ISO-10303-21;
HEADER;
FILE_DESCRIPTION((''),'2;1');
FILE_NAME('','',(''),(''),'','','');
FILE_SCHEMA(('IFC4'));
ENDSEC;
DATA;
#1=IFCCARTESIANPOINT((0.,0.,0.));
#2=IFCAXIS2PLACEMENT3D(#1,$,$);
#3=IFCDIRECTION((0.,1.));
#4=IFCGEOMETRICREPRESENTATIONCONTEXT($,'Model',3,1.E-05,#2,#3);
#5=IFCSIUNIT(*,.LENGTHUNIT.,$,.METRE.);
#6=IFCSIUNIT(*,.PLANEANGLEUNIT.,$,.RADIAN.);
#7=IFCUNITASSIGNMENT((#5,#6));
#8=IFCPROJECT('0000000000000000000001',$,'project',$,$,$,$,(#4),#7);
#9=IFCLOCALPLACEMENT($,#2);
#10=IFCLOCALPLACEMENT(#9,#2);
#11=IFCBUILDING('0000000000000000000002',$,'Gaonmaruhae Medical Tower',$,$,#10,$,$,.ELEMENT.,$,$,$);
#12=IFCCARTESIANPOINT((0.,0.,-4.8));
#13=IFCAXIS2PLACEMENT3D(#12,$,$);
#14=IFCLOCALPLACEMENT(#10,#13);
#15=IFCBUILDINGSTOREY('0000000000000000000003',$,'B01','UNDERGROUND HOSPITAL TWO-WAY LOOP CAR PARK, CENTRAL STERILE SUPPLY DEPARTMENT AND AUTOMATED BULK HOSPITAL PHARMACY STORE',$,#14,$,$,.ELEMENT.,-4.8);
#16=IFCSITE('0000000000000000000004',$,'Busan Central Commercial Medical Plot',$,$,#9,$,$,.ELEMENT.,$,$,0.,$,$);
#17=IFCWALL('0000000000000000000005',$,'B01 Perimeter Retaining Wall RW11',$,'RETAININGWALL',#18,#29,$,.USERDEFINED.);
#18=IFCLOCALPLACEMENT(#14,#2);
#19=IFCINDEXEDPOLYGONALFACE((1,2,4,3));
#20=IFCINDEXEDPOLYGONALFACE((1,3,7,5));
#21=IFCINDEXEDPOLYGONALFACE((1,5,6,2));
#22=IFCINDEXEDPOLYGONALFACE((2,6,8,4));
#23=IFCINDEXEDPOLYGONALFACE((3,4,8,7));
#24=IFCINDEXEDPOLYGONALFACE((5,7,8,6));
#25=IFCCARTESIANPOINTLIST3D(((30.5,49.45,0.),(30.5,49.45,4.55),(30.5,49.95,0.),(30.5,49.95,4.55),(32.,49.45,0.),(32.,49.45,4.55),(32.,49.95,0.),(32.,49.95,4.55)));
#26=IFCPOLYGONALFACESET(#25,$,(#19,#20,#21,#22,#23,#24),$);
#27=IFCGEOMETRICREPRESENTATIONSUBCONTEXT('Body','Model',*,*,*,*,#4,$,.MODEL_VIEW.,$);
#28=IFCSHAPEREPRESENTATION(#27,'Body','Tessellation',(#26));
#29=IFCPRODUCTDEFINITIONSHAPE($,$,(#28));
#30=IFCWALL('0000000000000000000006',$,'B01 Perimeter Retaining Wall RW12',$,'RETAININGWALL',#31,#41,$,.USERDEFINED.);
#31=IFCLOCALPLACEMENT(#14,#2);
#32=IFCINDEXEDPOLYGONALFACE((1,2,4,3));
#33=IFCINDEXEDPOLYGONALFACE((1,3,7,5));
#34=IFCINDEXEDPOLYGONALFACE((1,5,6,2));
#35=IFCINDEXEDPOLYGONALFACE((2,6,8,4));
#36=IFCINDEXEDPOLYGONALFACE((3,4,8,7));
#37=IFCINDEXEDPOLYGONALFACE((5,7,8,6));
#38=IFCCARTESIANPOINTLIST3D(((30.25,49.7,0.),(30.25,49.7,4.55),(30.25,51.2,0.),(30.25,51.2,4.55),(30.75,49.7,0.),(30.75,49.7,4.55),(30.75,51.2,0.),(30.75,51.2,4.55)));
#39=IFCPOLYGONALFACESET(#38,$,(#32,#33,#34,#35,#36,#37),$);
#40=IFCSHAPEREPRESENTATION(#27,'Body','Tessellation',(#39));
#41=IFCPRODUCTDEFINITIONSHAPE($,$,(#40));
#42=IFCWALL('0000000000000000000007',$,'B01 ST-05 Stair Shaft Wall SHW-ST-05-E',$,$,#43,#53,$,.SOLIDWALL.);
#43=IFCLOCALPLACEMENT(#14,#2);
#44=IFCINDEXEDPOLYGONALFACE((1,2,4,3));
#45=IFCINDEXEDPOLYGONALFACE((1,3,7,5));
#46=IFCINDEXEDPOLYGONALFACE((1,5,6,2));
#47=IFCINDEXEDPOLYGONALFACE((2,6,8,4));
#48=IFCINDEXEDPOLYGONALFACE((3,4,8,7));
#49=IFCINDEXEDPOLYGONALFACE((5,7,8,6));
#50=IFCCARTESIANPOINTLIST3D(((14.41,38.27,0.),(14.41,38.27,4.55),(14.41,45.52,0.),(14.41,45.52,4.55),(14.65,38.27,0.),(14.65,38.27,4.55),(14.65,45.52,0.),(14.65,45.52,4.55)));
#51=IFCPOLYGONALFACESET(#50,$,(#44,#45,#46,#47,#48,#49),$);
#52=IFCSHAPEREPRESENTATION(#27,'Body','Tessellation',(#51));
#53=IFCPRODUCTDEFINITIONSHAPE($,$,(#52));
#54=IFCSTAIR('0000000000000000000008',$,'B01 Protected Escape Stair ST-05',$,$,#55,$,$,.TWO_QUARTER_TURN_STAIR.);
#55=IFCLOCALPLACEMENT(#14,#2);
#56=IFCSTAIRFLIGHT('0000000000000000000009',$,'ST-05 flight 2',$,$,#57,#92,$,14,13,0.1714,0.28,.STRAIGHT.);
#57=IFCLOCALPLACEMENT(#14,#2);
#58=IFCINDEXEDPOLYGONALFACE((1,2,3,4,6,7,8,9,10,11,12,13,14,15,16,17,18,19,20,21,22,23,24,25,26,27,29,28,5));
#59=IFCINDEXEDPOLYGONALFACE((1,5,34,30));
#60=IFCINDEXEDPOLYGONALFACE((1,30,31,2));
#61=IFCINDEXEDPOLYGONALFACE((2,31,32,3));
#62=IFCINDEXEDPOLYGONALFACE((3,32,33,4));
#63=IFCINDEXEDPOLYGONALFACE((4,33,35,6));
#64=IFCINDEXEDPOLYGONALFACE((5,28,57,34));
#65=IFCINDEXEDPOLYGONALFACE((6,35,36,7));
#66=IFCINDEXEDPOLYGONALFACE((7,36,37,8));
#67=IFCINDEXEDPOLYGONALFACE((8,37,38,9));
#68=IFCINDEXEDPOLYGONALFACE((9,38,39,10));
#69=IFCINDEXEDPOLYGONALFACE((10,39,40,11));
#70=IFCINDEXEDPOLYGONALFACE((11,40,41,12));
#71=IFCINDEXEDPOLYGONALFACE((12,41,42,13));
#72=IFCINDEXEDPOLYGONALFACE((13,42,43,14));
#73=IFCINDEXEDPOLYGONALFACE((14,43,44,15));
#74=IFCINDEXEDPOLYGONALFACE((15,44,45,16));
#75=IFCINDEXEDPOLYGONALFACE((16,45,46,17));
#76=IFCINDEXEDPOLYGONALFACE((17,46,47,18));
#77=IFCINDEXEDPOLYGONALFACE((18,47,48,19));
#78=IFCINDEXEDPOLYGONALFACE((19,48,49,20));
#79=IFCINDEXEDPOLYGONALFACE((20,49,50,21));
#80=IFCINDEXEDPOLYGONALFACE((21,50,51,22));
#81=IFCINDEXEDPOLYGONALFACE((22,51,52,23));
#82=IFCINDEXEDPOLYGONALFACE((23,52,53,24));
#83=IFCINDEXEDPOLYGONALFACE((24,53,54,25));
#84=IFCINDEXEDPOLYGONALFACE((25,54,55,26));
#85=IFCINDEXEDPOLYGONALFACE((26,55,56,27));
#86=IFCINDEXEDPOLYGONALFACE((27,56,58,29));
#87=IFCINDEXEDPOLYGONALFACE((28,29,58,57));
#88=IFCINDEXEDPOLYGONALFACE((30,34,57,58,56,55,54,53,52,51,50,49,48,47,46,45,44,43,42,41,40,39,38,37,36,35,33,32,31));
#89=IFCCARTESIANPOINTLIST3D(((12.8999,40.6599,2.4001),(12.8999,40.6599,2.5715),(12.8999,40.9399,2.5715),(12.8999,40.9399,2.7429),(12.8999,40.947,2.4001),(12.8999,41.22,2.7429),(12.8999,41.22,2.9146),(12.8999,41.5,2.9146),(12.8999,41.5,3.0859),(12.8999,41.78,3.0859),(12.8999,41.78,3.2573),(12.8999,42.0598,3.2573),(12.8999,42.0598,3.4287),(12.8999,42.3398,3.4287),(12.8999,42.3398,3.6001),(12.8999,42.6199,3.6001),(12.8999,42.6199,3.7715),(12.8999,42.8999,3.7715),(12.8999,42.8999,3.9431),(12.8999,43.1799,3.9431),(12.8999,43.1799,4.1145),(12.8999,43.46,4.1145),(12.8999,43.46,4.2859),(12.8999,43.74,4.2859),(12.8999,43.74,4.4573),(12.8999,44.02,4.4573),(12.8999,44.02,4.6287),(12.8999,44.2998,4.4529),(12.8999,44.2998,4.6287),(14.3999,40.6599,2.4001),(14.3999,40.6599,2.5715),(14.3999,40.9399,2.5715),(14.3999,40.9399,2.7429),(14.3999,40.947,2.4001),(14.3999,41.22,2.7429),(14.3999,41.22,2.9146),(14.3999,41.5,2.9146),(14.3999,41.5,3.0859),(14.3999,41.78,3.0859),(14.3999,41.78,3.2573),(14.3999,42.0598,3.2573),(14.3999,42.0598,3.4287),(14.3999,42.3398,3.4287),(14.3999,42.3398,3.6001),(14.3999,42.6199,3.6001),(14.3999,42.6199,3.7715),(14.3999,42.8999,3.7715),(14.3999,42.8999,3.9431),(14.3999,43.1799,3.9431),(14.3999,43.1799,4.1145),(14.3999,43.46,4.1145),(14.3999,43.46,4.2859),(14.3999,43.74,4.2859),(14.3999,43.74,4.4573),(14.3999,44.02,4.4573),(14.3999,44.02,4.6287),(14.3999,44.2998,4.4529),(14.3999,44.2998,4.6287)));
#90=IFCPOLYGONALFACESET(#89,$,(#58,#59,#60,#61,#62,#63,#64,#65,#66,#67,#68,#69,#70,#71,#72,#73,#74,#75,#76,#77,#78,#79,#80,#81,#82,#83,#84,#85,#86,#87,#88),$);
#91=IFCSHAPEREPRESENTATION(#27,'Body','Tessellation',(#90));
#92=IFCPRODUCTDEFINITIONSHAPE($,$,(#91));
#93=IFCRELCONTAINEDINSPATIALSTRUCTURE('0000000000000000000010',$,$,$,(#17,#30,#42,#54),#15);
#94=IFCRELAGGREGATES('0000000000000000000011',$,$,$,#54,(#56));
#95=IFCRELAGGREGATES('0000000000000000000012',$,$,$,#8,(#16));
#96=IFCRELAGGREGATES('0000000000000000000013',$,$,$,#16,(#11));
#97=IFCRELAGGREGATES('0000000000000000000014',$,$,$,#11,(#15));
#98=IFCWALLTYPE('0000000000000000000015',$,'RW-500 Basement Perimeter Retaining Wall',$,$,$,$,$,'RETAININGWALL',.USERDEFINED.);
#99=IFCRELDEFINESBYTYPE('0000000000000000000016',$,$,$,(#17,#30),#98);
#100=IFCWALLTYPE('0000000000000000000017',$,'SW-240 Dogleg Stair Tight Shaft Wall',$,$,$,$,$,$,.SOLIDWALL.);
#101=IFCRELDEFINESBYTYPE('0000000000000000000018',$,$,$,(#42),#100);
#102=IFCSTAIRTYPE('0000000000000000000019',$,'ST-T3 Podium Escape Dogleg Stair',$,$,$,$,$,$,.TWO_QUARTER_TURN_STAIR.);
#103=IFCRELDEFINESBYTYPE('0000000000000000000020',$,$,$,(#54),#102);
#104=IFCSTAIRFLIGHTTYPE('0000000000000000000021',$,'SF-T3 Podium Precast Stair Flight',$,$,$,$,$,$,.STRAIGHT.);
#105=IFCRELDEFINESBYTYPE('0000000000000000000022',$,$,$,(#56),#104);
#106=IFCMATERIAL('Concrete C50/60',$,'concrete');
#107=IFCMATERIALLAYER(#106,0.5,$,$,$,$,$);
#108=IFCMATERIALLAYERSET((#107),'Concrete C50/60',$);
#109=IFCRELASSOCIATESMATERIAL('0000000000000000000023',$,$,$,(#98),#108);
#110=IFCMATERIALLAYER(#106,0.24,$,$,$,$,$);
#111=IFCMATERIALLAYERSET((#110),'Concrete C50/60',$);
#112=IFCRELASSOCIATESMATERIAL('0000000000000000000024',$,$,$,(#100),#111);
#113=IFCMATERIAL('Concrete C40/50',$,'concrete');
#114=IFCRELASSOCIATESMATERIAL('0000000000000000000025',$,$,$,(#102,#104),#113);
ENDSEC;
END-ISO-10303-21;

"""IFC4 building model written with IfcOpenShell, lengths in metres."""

from ifc_helpers import new_model, si_unit, direction, frame, frame_2d, origin, place, context, subcontext, project, spatial, polyline, rectangle, outline, extrude, material, layer, layer_set, type_object, element, aggregate, save


model = new_model("IFC4")

# Units and contexts
model_context = context("Model", 3, precision=1e-05, world=origin(), true_north=direction((0.0, 1.0)))
body_context = subcontext(model_context, "Body", "Model", "MODEL_VIEW")
ifc_project = project(units=[si_unit("LENGTHUNIT", "METRE"), si_unit("PLANEANGLEUNIT", "RADIAN")], contexts=[model_context])

# Site, building, storey
site_placement = place(None, origin())
site = spatial("IfcSite", under=ifc_project, at=site_placement, Name="Busan Central Commercial Medical Plot", CompositionType="ELEMENT", RefElevation=0.0)
building_placement = place(site_placement, origin())
building = spatial("IfcBuilding", under=site, at=building_placement, Name="Gaonmaruhae Medical Tower", CompositionType="ELEMENT")
storey_placement = place(building_placement, frame((0.0, 0.0, -4.8)))
storey = spatial("IfcBuildingStorey", under=building, at=storey_placement, Name="B01", Description="UNDERGROUND HOSPITAL TWO-WAY LOOP CAR PARK, CENTRAL STERILE SUPPLY DEPARTMENT AND AUTOMATED BULK HOSPITAL PHARMACY STORE", CompositionType="ELEMENT", Elevation=-4.8)

# Shared definitions
ifc_material_1 = material(Name="Concrete C50/60", Category="concrete")

# Walls
ifc_layer_1 = layer(ifc_material_1, 0.5)
ifc_layer_set_1 = layer_set([ifc_layer_1], Name="Concrete C50/60")
wall_type_1 = type_object("IfcWallType", Name="RW-500 Basement Perimeter Retaining Wall", ElementType="RETAININGWALL", PredefinedType="USERDEFINED", material=ifc_layer_set_1)
for number, where, z_axis, x_axis, name in (
    (1, (30.5, 49.7, 0.0), (0.0, 0.0, 1.0), (1.0, 0.0, 0.0), "B01 Perimeter Retaining Wall RW11"),
    (2, (30.5, 49.7, 0.0), (0.0, 0.0, 1.0), (0.0, 1.0, 0.0), "B01 Perimeter Retaining Wall RW12"),
):
    element("IfcWall", number, at=place(storey_placement, frame(where, z_axis=z_axis, x_axis=x_axis)), inside=storey, type_object=wall_type_1, Name=name, ObjectType="RETAININGWALL", PredefinedType="USERDEFINED", context=body_context, shape_type="SweptSolid", body=[
        extrude(rectangle(XDim=1.5, YDim=0.5, at=frame_2d((0.75, 0.0))), origin(), (0.0, 0.0, 1.0), 4.55),
    ])
ifc_layer_2 = layer(ifc_material_1, 0.24)
ifc_layer_set_2 = layer_set([ifc_layer_2], Name="Concrete C50/60")
wall_type_2 = type_object("IfcWallType", Name="SW-240 Dogleg Stair Tight Shaft Wall", PredefinedType="SOLIDWALL", material=ifc_layer_set_2)
wall_1_placement = place(storey_placement, frame((14.53, 45.52, 0.0), z_axis=(0.0, 0.0, 1.0), x_axis=(0.0, -1.0, 0.0)))
element("IfcWall", 3, at=wall_1_placement, inside=storey, type_object=wall_type_2, Name="B01 ST-05 Stair Shaft Wall SHW-ST-05-E", PredefinedType="SOLIDWALL", context=body_context, shape_type="SweptSolid", body=[
    extrude(rectangle(XDim=7.25, YDim=0.24, at=frame_2d((3.625, 0.0))), origin(), (0.0, 0.0, 1.0), 4.55),
])

# Stair, stair flight
ifc_material_2 = material(Name="Concrete C40/50", Category="concrete")
stair_type = type_object("IfcStairType", Name="ST-T3 Podium Escape Dogleg Stair", PredefinedType="TWO_QUARTER_TURN_STAIR", material=ifc_material_2)
stair_placement = place(storey_placement, origin())
stair = element("IfcStair", 4, at=stair_placement, inside=storey, type_object=stair_type, Name="B01 Protected Escape Stair ST-05", PredefinedType="TWO_QUARTER_TURN_STAIR")
stair_flight_type = type_object("IfcStairFlightType", Name="SF-T3 Podium Precast Stair Flight", PredefinedType="STRAIGHT", material=ifc_material_2)
stair_flight_placement = place(storey_placement, frame((13.6499, 40.6599, 2.4001), z_axis=(0.0, 0.0, 1.0), x_axis=(0.0, 1.0, 0.0)))
stair_flight = element("IfcStairFlight", 5, at=stair_flight_placement, type_object=stair_flight_type, Name="ST-05 flight 2", NumberOfRisers=14, NumberOfTreads=13, PredefinedType="STRAIGHT", RiserHeight=0.1714, TreadLength=0.28, context=body_context, shape_type="SweptSolid", body=[
    extrude(outline(polyline([(0.0, 0.0), (0.0, 0.1714), (0.28, 0.1714), (0.28, 0.3428), (0.5601, 0.3428), (0.5601, 0.5144), (0.8401, 0.5144), (0.8401, 0.6858), (1.1201, 0.6858), (1.1201, 0.8572), (1.3999, 0.8572), (1.3999, 1.0286), (1.6799, 1.0286), (1.6799, 1.2), (1.96, 1.2), (1.96, 1.3713), (2.24, 1.3713), (2.24, 1.543), (2.52, 1.543), (2.52, 1.7144), (2.8, 1.7144), (2.8, 1.8857), (3.0801, 1.8857), (3.0801, 2.0571), (3.3601, 2.0571), (3.3601, 2.2285), (3.6399, 2.2285), (3.6399, 2.3999), (3.6399, 2.0527), (0.2871, 0.0), (0.0, 0.0)])), frame((0.0, 0.75, 0.0), z_axis=(0.0, -1.0, 0.0), x_axis=(1.0, 0.0, 0.0)), (0.0, 0.0, 1.0), 1.5),
])
aggregate(stair, [stair_flight])

save(model, "model.ifc")
